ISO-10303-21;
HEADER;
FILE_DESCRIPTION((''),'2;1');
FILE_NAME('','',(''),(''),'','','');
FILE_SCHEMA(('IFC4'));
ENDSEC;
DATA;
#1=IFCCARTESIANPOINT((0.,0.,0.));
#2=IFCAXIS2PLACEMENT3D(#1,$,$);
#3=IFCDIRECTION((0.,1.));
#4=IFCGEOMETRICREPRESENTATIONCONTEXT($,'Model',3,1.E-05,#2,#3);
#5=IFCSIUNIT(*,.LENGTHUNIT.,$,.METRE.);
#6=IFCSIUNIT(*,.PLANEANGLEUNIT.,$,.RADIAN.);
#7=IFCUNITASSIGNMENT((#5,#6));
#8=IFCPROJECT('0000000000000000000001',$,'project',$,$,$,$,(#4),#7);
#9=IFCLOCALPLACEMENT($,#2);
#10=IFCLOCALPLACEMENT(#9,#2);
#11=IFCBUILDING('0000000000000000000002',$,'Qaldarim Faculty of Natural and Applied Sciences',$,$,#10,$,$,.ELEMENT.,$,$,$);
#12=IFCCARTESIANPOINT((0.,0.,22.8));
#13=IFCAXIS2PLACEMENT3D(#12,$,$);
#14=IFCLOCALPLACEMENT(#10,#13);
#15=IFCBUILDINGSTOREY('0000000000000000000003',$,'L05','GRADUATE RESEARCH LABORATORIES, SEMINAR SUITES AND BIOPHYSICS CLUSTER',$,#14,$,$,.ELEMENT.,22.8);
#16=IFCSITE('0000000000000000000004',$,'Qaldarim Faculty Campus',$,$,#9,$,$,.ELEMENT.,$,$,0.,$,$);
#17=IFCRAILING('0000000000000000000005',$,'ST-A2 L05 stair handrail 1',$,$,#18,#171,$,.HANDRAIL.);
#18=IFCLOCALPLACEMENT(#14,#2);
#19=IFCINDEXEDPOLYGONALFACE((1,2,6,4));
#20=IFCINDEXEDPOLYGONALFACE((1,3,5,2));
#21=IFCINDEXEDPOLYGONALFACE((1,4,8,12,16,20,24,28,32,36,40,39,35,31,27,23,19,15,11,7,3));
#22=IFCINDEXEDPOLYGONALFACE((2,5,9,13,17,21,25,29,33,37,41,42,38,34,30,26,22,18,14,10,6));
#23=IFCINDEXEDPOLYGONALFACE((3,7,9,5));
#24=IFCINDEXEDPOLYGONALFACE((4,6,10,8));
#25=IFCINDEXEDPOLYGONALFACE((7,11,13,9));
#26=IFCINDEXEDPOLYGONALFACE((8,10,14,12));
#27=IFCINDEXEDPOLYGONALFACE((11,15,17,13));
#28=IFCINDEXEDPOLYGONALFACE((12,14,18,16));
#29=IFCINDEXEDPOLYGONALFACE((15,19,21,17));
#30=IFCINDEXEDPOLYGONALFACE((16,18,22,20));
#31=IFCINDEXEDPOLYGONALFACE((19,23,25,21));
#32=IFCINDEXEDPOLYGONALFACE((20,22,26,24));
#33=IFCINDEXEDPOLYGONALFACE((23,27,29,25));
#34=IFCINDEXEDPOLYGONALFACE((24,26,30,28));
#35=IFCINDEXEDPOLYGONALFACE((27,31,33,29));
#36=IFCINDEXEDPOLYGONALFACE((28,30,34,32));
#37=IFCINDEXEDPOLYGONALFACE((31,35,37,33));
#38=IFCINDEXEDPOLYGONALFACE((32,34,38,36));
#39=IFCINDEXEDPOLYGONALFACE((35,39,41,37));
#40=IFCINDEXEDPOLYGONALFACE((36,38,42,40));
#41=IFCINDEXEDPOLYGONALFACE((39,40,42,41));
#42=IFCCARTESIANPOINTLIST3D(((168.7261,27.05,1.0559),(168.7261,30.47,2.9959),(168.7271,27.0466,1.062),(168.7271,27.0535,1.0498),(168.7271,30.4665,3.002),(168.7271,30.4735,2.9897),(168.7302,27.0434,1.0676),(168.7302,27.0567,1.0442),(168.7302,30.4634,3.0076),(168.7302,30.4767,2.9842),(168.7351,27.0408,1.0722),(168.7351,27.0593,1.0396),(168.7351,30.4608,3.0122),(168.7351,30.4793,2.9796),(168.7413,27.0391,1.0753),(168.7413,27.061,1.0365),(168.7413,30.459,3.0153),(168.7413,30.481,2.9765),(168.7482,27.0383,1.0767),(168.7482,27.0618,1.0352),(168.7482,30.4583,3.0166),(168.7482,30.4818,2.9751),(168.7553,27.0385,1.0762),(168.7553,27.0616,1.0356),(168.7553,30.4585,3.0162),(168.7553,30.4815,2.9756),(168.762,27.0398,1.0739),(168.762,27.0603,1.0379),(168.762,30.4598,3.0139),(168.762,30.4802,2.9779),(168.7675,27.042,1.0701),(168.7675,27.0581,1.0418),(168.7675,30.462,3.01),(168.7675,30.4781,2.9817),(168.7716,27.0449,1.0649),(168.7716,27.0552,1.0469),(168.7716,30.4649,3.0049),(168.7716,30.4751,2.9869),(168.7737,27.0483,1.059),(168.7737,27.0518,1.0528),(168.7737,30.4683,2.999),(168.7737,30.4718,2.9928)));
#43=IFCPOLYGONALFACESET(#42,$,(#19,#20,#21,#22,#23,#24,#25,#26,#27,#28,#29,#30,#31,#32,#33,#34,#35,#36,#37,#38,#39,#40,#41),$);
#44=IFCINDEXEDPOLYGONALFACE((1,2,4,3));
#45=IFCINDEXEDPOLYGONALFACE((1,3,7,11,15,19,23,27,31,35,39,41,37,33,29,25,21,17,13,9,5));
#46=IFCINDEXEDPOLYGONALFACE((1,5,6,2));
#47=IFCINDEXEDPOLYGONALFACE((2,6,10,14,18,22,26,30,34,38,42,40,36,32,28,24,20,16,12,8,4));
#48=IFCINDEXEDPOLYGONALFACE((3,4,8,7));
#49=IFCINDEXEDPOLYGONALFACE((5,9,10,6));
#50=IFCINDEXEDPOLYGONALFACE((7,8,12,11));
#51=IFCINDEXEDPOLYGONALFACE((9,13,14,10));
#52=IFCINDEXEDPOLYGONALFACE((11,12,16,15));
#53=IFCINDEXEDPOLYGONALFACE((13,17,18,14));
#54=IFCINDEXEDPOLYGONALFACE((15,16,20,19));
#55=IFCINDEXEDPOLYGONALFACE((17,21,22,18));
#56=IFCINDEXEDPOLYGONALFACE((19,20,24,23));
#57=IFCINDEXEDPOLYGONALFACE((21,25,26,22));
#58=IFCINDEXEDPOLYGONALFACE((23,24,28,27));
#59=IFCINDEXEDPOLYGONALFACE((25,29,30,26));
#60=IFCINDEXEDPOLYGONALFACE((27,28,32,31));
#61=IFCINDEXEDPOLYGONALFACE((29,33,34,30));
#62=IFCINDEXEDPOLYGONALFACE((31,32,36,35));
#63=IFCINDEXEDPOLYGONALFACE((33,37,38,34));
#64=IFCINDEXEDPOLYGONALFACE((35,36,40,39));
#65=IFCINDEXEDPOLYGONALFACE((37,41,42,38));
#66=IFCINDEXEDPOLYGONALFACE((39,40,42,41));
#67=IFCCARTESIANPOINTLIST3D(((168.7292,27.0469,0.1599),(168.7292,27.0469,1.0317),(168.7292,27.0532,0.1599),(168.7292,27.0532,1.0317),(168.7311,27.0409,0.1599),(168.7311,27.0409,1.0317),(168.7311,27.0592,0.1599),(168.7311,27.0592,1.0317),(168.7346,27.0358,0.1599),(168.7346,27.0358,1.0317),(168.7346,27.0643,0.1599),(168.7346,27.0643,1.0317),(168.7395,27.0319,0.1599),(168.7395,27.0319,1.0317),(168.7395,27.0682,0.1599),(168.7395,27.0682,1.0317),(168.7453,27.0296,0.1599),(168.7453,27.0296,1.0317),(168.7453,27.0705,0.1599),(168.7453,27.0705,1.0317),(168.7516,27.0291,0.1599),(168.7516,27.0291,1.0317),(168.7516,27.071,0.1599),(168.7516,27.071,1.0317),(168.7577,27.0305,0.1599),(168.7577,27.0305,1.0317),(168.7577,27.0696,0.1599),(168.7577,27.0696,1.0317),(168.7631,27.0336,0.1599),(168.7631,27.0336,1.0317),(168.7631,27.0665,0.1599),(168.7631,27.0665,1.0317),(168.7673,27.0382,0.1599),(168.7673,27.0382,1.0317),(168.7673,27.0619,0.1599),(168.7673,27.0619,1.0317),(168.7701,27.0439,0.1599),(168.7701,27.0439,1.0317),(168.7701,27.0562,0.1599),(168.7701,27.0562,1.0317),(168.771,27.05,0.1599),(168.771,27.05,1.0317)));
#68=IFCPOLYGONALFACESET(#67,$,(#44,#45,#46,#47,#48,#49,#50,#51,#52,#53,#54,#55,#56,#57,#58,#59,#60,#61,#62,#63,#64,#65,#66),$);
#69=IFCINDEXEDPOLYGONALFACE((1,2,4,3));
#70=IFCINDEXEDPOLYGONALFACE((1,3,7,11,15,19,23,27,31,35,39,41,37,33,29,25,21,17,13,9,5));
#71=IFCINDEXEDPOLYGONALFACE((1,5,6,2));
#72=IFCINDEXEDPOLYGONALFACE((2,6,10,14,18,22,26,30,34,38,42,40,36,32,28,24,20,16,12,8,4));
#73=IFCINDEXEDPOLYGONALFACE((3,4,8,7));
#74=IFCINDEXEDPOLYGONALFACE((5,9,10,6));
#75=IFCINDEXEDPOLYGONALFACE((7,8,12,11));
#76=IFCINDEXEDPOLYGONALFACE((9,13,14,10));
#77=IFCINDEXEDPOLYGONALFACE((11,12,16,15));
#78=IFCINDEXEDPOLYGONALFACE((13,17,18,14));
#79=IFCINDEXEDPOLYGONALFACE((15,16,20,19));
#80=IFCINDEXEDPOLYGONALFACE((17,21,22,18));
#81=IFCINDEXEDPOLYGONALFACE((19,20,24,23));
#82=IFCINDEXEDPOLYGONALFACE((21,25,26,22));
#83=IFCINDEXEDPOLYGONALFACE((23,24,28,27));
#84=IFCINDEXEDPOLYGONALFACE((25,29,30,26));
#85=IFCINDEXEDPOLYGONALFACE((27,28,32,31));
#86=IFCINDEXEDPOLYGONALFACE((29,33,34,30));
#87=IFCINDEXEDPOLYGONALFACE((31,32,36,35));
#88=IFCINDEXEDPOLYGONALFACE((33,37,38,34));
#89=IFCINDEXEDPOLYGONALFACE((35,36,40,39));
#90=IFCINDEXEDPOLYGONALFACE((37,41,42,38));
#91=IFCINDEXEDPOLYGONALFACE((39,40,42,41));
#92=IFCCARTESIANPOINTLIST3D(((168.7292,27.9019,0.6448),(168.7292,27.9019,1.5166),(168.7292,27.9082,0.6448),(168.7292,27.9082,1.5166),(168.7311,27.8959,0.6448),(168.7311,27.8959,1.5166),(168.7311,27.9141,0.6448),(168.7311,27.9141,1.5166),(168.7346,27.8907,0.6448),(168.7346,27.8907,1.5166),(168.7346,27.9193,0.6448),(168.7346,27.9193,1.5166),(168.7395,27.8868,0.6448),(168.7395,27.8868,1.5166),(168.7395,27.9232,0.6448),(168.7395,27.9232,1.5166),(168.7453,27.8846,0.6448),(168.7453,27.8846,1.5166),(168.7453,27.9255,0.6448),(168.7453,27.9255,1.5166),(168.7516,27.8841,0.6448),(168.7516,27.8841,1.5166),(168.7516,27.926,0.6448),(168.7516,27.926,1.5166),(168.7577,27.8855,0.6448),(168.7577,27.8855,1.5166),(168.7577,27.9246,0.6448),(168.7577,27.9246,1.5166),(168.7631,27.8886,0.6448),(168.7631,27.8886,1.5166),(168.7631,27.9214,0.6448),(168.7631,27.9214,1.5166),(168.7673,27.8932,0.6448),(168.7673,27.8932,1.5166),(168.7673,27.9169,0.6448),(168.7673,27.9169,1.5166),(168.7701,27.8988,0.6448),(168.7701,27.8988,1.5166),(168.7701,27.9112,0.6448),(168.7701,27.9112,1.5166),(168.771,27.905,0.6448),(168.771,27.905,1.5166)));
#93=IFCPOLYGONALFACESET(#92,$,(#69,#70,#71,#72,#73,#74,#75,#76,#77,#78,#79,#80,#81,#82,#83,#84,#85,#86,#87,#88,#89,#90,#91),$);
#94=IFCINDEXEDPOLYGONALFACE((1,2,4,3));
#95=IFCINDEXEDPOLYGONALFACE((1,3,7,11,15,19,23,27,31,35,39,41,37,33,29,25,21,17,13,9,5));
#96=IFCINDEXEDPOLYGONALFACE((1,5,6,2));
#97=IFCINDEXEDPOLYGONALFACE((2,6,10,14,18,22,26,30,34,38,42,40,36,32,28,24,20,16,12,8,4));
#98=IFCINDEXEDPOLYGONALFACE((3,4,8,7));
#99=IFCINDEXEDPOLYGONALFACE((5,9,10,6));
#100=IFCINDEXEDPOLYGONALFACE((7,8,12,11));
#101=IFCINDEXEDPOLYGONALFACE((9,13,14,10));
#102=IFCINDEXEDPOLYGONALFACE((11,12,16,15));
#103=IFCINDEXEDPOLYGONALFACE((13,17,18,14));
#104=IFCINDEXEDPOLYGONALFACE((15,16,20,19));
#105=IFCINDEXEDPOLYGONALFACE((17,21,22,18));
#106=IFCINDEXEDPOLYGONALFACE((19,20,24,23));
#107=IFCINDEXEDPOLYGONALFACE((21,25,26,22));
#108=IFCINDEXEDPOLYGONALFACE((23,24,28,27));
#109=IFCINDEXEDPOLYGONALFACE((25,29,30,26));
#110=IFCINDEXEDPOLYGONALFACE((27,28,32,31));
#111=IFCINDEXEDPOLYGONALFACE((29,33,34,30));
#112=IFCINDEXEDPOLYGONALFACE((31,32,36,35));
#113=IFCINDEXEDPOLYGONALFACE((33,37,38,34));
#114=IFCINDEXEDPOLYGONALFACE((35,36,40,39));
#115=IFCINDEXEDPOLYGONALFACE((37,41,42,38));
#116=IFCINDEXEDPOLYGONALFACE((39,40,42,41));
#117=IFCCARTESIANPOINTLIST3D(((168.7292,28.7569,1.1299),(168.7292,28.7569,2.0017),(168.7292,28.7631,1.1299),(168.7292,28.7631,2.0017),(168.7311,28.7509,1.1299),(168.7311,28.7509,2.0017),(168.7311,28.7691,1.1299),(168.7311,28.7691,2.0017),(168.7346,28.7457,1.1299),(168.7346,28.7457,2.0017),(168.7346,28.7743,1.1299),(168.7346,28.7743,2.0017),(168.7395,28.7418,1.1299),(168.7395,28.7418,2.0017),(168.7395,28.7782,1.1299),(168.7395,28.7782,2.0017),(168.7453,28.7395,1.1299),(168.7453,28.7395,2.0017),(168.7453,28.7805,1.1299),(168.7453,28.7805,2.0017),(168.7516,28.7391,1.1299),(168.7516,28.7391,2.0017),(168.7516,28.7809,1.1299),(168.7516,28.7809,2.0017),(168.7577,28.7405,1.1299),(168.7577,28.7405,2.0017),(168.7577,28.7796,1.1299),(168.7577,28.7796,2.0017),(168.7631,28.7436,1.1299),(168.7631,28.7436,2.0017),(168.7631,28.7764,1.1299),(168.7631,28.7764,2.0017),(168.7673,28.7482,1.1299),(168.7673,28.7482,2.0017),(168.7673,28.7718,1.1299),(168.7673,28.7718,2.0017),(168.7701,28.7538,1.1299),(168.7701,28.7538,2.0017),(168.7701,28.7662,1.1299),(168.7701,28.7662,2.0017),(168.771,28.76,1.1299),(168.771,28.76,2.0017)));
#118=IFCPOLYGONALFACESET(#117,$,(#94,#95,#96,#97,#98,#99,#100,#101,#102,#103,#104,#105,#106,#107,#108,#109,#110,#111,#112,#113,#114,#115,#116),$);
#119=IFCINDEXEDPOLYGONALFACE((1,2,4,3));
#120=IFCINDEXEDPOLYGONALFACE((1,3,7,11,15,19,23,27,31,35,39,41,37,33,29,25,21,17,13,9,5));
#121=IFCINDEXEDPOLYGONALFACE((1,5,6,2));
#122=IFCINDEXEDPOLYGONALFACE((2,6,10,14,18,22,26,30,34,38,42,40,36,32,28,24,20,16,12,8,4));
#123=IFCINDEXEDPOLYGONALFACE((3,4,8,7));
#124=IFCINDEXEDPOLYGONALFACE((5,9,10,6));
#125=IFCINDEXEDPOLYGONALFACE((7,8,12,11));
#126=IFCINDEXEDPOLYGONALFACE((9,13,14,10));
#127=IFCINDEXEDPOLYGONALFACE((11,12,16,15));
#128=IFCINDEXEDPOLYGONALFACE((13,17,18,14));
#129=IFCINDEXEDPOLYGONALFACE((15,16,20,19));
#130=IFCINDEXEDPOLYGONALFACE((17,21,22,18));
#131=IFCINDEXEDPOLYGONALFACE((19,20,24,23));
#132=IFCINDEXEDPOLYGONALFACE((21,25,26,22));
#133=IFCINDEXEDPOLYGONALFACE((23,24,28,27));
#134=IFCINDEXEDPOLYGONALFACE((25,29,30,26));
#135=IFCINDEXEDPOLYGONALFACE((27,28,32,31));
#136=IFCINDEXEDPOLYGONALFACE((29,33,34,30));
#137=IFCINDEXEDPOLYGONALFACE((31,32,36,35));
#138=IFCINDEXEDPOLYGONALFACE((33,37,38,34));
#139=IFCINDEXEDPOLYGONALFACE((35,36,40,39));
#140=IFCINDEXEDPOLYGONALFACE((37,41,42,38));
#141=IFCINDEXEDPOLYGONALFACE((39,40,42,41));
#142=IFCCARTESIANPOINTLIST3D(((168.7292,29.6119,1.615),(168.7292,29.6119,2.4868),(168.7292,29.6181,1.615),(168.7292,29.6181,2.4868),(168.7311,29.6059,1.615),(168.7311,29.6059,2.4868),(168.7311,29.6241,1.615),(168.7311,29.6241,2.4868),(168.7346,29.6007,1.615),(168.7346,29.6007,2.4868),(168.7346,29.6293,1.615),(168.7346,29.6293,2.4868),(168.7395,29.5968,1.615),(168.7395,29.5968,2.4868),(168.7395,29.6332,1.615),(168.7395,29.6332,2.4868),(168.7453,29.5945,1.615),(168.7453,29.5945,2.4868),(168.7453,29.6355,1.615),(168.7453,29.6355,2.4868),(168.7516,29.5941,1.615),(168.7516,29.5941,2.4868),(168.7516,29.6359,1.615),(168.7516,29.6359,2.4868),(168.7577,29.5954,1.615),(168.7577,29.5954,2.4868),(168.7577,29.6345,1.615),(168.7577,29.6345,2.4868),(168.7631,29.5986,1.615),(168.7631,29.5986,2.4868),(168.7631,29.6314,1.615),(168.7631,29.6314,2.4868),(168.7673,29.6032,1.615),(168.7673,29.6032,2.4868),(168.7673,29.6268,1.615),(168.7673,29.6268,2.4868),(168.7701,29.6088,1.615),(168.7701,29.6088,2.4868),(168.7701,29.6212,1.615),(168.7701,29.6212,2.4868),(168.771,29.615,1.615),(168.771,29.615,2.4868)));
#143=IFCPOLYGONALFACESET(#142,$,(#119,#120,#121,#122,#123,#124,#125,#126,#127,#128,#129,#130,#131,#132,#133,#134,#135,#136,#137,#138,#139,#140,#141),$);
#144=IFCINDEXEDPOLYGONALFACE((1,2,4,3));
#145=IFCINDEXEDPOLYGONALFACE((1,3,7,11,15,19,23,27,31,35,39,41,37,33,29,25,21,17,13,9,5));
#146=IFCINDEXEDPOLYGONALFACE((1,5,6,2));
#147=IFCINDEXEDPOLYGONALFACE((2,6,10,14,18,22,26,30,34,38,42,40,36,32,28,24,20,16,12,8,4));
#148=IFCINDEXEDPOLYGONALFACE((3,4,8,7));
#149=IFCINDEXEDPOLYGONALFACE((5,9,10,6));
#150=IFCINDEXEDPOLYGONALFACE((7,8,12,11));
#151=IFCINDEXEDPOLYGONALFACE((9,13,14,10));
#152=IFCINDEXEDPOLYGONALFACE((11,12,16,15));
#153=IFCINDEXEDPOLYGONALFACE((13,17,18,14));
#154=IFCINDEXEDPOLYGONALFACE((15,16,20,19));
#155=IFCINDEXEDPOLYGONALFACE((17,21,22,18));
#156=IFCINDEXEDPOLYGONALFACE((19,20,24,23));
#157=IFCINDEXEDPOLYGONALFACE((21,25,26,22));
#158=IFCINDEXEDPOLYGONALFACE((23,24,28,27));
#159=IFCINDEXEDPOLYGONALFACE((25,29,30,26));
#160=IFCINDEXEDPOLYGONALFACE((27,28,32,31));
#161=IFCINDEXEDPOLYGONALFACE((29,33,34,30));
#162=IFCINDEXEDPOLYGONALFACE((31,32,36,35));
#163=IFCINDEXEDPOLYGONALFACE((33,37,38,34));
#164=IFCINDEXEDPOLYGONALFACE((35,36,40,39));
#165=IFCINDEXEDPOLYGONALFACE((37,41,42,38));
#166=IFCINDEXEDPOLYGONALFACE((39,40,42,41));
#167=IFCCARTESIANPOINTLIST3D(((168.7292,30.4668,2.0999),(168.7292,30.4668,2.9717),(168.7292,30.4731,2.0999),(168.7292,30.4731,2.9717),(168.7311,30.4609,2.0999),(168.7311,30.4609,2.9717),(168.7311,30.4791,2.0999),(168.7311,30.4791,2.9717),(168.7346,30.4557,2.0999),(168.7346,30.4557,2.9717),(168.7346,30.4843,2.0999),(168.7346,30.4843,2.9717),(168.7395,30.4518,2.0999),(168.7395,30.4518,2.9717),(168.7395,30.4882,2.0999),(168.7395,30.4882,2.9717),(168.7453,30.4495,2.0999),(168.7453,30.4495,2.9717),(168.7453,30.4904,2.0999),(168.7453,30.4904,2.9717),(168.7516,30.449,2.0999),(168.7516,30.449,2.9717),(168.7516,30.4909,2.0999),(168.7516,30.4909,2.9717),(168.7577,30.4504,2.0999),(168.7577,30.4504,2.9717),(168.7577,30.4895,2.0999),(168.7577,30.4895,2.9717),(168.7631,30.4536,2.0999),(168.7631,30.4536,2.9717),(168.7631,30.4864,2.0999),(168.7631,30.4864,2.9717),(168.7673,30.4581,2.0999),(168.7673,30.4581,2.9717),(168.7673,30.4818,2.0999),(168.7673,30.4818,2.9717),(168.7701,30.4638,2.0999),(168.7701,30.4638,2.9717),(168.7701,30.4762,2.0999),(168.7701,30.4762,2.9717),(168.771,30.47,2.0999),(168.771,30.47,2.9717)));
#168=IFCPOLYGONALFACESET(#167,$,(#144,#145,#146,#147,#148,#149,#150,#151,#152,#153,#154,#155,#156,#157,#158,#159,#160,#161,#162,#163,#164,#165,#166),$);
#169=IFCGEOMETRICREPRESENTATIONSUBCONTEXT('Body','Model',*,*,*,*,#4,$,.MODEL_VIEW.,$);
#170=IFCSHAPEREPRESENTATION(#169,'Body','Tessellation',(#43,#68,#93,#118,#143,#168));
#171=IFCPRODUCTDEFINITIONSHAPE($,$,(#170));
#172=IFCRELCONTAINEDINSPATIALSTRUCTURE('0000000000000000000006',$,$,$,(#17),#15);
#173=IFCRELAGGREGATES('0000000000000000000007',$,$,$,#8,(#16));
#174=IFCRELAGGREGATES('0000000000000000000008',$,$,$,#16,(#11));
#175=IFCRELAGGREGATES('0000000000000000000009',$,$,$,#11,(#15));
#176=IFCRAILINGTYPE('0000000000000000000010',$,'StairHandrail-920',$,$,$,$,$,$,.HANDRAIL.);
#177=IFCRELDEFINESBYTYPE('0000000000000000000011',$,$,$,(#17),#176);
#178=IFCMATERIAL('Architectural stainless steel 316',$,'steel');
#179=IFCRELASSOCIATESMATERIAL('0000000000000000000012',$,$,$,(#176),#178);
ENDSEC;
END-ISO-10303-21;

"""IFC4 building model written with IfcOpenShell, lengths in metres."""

from ifc_helpers import new_model, si_unit, direction, frame, origin, origin_2d, place, context, subcontext, project, spatial, circle, extrude, material, type_object, element, save


model = new_model("IFC4")

# Units and contexts
model_context = context("Model", 3, precision=1e-05, world=origin(), true_north=direction((0.0, 1.0)))
body_context = subcontext(model_context, "Body", "Model", "MODEL_VIEW")
ifc_project = project(units=[si_unit("LENGTHUNIT", "METRE"), si_unit("PLANEANGLEUNIT", "RADIAN")], contexts=[model_context])

# Site, building, storey
site_placement = place(None, origin())
site = spatial("IfcSite", under=ifc_project, at=site_placement, Name="Qaldarim Faculty Campus", CompositionType="ELEMENT", RefElevation=0.0)
building_placement = place(site_placement, origin())
building = spatial("IfcBuilding", under=site, at=building_placement, Name="Qaldarim Faculty of Natural and Applied Sciences", CompositionType="ELEMENT")
storey_placement = place(building_placement, frame((0.0, 0.0, 22.8)))
storey = spatial("IfcBuildingStorey", under=building, at=storey_placement, Name="L05", Description="GRADUATE RESEARCH LABORATORIES, SEMINAR SUITES AND BIOPHYSICS CLUSTER", CompositionType="ELEMENT", Elevation=22.8)

# Shared definitions
ifc_material_1 = material(Name="Architectural stainless steel 316", Category="steel")

# Railing
railing_type_1 = type_object("IfcRailingType", Name="StairHandrail-920", PredefinedType="HANDRAIL", material=ifc_material_1)
railing_1_placement = place(storey_placement, frame((168.75, 27.05, 0.1599)))
element("IfcRailing", 1, at=railing_1_placement, inside=storey, type_object=railing_type_1, Name="ST-A2 L05 stair handrail 1", PredefinedType="HANDRAIL", context=body_context, shape_type="SweptSolid", body=[
    extrude(circle(Radius=0.0239, at=origin_2d()), frame((0.0, 0.0, 0.896), z_axis=(0.0, 0.869805, 0.493395), x_axis=(-1.0, 0.0, 0.0)), (0.0, 0.0, 1.0), 3.9319),
    extrude(circle(Radius=0.021, at=origin_2d()), origin(), (0.0, 0.0, 1.0), 0.8718),
    extrude(circle(Radius=0.021, at=origin_2d()), frame((0.0, 0.855, 0.4849)), (0.0, 0.0, 1.0), 0.8718),
    extrude(circle(Radius=0.021, at=origin_2d()), frame((0.0, 1.71, 0.97)), (0.0, 0.0, 1.0), 0.8718),
    extrude(circle(Radius=0.021, at=origin_2d()), frame((0.0, 2.5649, 1.4551)), (0.0, 0.0, 1.0), 0.8718),
    extrude(circle(Radius=0.021, at=origin_2d()), frame((0.0, 3.4199, 1.9399)), (0.0, 0.0, 1.0), 0.8718),
])

save(model, "model.ifc")
